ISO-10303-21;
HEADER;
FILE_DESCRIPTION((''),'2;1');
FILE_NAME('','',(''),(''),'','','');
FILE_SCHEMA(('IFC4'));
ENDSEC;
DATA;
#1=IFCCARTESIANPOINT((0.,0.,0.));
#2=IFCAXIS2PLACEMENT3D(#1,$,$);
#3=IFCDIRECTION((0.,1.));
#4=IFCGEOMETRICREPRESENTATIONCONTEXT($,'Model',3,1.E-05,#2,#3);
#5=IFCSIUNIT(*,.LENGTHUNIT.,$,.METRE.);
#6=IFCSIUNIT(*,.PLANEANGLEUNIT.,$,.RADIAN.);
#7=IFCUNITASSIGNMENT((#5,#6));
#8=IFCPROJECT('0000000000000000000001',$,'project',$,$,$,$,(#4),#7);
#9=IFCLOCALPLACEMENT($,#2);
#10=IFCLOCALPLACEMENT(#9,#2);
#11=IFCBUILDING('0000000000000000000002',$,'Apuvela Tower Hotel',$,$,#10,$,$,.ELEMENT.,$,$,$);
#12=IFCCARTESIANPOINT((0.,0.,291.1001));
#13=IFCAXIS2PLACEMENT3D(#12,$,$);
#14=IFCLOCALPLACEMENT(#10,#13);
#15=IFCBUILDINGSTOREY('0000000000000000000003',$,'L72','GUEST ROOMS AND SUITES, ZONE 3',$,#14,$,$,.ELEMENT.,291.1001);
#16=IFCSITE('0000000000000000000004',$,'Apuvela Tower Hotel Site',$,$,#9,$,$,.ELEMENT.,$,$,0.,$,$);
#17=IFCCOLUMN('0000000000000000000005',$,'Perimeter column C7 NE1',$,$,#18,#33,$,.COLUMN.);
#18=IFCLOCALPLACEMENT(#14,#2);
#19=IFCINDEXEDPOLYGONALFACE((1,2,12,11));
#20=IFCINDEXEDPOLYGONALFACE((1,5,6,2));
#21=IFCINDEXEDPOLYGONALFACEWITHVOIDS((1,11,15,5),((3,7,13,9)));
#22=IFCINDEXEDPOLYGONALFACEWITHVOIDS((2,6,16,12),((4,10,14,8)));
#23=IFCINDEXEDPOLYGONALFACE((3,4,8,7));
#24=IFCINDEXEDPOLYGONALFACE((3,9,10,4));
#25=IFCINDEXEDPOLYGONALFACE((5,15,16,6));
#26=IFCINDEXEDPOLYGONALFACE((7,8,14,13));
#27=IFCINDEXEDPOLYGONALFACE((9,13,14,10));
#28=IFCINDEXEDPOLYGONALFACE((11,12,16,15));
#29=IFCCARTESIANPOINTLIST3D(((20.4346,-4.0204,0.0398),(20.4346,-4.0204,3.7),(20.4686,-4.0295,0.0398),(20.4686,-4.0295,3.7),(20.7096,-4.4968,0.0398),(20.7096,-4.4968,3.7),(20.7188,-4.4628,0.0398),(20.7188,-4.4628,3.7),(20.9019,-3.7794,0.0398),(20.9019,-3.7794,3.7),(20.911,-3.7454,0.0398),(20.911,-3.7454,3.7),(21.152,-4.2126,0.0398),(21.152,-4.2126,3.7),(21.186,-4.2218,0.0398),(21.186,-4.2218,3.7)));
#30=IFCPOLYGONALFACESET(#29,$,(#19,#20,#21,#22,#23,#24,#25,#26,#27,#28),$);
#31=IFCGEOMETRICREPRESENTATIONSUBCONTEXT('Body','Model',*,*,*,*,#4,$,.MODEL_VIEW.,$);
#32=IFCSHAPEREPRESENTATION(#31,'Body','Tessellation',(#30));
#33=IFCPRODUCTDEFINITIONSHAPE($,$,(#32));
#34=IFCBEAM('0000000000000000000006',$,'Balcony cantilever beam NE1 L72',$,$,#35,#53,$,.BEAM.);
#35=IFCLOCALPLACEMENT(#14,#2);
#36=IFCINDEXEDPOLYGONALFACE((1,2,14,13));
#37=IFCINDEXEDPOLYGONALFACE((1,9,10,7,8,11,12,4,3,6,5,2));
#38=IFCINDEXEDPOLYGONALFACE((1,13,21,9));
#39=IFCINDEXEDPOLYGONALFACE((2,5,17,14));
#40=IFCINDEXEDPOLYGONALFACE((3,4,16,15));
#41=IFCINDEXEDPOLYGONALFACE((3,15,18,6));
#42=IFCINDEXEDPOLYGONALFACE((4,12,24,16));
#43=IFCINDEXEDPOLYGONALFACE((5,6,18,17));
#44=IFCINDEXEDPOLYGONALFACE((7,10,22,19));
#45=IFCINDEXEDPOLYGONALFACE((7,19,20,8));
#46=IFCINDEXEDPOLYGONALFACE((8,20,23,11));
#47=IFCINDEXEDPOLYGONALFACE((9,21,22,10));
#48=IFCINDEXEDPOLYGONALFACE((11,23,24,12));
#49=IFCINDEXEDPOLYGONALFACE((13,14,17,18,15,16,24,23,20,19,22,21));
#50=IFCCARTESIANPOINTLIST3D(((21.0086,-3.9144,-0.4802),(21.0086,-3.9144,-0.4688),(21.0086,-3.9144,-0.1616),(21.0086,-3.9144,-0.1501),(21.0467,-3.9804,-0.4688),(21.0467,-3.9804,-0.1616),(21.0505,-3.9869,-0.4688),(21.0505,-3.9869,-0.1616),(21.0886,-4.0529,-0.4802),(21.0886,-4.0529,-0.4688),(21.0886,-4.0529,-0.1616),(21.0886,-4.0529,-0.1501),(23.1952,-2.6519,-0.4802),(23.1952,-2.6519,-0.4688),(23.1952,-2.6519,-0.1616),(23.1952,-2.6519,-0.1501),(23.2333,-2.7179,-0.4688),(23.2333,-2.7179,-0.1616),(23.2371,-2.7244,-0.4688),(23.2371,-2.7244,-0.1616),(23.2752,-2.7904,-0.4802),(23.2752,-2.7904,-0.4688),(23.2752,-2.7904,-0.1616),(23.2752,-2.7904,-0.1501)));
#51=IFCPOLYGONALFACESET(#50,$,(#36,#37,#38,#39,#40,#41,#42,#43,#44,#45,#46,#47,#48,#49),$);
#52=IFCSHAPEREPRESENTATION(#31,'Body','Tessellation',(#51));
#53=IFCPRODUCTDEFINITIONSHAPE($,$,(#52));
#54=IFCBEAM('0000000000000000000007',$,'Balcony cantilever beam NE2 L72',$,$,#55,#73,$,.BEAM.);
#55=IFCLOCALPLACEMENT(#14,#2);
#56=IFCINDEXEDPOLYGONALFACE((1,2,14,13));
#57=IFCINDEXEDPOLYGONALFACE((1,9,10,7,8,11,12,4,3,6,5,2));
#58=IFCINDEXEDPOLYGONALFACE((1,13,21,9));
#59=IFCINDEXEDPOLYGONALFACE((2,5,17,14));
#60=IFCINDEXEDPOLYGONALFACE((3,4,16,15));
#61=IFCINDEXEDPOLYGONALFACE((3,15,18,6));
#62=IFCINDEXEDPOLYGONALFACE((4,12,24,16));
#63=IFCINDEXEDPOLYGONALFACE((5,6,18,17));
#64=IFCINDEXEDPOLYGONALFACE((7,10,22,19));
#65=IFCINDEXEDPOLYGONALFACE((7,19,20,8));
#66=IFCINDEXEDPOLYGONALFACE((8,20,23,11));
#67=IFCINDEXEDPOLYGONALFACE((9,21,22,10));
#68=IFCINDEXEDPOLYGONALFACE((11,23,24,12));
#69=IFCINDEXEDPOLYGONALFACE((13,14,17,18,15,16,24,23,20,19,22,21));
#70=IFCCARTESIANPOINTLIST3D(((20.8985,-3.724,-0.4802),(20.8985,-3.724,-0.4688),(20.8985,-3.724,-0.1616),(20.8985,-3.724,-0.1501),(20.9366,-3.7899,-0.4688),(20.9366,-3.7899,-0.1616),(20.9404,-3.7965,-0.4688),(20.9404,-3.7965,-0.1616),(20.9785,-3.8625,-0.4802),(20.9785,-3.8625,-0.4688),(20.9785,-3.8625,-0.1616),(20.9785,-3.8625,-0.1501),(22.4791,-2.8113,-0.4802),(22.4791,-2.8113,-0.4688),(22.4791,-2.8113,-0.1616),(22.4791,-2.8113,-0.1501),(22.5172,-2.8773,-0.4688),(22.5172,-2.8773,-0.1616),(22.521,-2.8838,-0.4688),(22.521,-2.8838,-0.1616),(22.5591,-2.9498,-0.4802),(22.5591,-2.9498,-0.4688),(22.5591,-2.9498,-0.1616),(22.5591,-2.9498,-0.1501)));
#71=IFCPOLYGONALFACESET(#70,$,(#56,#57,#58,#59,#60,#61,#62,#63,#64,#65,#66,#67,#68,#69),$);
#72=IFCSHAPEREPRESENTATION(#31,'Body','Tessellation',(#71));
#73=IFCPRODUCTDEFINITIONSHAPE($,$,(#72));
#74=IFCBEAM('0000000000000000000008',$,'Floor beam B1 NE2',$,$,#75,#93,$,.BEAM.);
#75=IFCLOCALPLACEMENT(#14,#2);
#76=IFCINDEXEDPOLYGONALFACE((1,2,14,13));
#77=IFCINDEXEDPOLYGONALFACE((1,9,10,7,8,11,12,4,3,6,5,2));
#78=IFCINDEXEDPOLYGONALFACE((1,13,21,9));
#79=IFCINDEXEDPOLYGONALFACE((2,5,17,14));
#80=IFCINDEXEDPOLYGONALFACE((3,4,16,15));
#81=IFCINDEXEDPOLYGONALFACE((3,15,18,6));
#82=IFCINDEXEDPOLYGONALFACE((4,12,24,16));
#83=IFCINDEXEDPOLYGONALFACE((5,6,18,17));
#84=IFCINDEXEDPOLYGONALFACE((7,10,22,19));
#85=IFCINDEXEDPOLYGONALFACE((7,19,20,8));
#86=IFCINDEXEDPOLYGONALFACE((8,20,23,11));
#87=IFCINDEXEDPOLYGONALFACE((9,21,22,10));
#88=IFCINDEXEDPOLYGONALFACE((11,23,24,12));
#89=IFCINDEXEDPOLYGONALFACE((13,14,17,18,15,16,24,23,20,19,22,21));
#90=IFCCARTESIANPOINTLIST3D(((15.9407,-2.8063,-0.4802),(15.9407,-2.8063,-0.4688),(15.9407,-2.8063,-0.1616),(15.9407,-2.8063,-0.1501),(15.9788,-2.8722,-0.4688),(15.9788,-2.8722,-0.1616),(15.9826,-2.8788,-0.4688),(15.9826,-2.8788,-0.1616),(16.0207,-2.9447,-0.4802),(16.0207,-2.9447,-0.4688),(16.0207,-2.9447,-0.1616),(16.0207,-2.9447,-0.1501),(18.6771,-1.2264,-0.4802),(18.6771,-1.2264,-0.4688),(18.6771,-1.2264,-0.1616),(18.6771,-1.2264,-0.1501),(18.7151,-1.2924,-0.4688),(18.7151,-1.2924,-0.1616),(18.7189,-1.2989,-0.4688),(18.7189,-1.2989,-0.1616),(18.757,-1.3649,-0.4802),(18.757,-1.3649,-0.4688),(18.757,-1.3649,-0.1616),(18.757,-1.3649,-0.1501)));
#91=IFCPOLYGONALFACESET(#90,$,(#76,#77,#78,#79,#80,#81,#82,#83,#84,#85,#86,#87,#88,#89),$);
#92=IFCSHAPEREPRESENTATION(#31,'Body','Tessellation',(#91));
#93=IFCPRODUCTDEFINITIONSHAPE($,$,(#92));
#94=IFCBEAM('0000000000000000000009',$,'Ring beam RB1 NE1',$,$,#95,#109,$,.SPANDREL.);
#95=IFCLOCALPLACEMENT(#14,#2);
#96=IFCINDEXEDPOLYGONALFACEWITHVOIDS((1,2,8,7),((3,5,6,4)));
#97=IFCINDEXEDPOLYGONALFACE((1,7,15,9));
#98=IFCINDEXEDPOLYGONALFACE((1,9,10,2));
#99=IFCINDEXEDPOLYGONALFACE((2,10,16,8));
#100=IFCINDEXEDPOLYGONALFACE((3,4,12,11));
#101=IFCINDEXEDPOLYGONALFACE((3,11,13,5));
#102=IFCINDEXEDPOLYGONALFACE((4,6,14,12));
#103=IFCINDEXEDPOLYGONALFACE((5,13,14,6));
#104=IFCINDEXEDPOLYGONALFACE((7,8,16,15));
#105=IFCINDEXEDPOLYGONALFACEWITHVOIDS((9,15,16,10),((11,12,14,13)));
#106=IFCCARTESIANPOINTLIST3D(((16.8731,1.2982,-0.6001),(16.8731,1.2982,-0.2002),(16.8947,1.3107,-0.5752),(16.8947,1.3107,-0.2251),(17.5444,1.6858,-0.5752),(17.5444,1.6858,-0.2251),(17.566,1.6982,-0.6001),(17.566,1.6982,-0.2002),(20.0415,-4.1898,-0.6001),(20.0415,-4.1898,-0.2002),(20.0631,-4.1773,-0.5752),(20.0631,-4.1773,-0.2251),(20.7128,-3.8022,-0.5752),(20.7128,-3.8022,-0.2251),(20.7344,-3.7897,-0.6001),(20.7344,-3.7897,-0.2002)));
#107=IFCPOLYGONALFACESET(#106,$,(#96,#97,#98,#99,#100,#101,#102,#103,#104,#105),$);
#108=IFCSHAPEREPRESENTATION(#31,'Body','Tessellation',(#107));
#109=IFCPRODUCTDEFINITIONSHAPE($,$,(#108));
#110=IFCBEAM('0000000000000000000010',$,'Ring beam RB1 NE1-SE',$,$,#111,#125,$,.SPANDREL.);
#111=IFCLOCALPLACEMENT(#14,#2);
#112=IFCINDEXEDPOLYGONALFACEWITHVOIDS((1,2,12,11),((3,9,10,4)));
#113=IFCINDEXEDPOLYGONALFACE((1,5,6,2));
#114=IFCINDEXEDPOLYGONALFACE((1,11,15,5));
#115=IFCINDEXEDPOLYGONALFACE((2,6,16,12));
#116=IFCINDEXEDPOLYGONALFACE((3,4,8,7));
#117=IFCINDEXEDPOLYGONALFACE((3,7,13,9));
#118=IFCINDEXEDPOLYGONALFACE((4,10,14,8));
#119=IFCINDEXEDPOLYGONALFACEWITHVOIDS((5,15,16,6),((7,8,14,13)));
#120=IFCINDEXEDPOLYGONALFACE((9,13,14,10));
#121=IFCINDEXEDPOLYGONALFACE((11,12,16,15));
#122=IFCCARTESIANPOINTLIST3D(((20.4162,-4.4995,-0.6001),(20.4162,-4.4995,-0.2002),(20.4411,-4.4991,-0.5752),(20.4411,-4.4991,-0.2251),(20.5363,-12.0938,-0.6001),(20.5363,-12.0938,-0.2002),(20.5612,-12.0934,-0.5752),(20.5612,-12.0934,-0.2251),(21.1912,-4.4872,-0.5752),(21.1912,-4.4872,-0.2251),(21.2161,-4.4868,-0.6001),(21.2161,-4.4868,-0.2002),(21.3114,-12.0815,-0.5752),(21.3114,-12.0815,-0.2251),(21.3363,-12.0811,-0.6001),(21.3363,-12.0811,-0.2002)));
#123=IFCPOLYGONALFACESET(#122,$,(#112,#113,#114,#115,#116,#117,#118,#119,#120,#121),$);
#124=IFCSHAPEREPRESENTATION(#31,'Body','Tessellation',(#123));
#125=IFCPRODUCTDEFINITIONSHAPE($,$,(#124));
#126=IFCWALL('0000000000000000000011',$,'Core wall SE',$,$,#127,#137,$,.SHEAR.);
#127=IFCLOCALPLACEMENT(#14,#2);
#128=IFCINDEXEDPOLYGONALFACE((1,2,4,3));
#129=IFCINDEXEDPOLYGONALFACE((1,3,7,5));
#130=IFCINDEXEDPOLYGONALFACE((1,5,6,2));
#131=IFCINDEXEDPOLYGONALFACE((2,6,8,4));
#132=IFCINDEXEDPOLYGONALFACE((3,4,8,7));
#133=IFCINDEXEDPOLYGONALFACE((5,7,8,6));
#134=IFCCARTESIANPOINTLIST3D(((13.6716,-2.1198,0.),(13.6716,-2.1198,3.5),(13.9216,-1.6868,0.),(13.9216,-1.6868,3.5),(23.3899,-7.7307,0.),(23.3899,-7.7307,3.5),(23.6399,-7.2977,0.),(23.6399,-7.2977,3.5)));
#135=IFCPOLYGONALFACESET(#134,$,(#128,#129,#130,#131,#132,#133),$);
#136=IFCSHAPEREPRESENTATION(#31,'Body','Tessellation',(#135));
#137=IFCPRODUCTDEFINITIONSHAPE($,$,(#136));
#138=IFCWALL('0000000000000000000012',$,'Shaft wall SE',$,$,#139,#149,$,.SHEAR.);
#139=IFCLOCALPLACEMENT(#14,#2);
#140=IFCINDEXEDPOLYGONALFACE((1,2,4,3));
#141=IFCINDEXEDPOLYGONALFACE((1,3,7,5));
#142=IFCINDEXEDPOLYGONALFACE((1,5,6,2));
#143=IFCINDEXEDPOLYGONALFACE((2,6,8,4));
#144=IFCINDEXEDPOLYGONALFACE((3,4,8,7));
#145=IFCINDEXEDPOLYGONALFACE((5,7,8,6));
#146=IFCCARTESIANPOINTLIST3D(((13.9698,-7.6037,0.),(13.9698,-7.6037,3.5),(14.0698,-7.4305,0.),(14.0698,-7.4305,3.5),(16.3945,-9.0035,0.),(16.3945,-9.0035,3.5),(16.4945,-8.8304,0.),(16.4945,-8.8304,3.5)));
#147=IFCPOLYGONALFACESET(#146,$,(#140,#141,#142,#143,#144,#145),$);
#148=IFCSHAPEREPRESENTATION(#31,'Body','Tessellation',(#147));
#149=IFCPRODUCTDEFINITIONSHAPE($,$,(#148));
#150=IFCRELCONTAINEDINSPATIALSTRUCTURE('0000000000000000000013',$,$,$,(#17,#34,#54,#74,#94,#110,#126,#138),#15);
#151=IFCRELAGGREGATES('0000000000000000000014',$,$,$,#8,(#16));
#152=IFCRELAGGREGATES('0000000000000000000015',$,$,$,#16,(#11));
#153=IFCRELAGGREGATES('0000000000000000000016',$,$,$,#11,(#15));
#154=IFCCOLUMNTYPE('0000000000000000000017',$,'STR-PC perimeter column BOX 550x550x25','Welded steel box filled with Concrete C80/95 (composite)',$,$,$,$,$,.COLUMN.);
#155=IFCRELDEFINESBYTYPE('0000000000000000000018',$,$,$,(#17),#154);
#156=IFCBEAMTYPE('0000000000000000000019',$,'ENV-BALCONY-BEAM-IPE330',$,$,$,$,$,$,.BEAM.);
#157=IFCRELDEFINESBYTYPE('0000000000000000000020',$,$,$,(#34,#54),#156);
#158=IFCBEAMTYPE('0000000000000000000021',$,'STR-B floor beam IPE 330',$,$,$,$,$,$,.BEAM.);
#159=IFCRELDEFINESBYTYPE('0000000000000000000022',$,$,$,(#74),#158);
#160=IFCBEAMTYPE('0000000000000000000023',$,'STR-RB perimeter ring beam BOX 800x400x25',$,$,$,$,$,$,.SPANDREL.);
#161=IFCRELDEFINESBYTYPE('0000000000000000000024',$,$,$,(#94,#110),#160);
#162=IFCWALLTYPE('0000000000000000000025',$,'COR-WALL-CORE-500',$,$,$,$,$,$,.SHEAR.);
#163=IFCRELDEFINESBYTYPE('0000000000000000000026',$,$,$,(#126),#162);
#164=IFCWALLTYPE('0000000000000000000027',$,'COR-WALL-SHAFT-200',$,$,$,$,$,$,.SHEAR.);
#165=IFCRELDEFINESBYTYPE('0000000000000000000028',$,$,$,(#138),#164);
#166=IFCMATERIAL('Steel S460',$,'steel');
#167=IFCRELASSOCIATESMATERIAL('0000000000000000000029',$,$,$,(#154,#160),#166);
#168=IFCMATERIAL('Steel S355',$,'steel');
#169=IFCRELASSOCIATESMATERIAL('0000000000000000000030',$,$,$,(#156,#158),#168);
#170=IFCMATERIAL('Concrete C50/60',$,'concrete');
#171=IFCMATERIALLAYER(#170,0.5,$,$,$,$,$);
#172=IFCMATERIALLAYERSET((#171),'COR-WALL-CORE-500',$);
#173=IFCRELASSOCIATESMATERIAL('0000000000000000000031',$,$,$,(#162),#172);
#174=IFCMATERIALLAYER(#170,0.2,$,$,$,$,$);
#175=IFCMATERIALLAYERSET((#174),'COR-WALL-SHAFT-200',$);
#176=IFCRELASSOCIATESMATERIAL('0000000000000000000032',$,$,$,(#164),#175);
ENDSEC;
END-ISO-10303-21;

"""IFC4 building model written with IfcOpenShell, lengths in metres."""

from ifc_helpers import new_model, si_unit, direction, frame, frame_2d, origin, origin_2d, place, context, subcontext, project, spatial, rectangle, hollow_rectangle, i_section, extrude, boolean, halfspace, material, layer, layer_set, material_profile, profile_set, type_object, element, save


model = new_model("IFC4")

# Units and contexts
model_context = context("Model", 3, precision=1e-05, world=origin(), true_north=direction((0.0, 1.0)))
body_context = subcontext(model_context, "Body", "Model", "MODEL_VIEW")
ifc_project = project(units=[si_unit("LENGTHUNIT", "METRE"), si_unit("PLANEANGLEUNIT", "RADIAN")], contexts=[model_context])

# Site, building, storey
site_placement = place(None, origin())
site = spatial("IfcSite", under=ifc_project, at=site_placement, Name="Apuvela Tower Hotel Site", CompositionType="ELEMENT", RefElevation=0.0)
building_placement = place(site_placement, origin())
building = spatial("IfcBuilding", under=site, at=building_placement, Name="Apuvela Tower Hotel", CompositionType="ELEMENT")
storey_placement = place(building_placement, frame((0.0, 0.0, 291.1001)))
storey = spatial("IfcBuildingStorey", under=building, at=storey_placement, Name="L72", Description="GUEST ROOMS AND SUITES, ZONE 3", CompositionType="ELEMENT", Elevation=291.1001)

# Column
ifc_material_1 = material(Name="Steel S460", Category="steel")
ifc_material_profile_1 = material_profile(ifc_material_1, hollow_rectangle(XDim=0.55, YDim=0.55, WallThickness=0.0249, at=origin_2d()), Name="BOX 550x550x25")
ifc_material_2 = material(Name="Concrete C80/95", Category="concrete")
ifc_material_profile_2 = material_profile(ifc_material_2, rectangle(XDim=0.5, YDim=0.5, at=origin_2d()), Name="Concrete C80/95 infill")
ifc_profile_set_1 = profile_set([ifc_material_profile_1, ifc_material_profile_2], Name="Steel S460")
column_type = type_object("IfcColumnType", Name="STR-PC perimeter column BOX 550x550x25", Description="Welded steel box filled with Concrete C80/95 (composite)", PredefinedType="COLUMN", material=ifc_profile_set_1)
column_placement = place(storey_placement, frame((20.8103, -4.1211, 0.0), z_axis=(0.0, 0.0, 1.0), x_axis=(-0.5, 0.866025, 0.0)))
element("IfcColumn", 1, at=column_placement, inside=storey, type_object=column_type, Name="Perimeter column C7 NE1", PredefinedType="COLUMN", context=body_context, shape_type="SweptSolid", body=[
    boolean("DIFFERENCE", extrude(hollow_rectangle(XDim=0.55, YDim=0.55, WallThickness=0.0249, at=origin_2d()), origin(), (0.0, 0.0, 1.0), 3.7), halfspace(frame((0.0, 0.0, 0.0398), z_axis=(0.0, 0.0, 1.0), x_axis=(1.0, 0.0, 0.0)), True)),
])

# Beams
ifc_material_3 = material(Name="Steel S355", Category="steel")
ifc_material_profile_3 = material_profile(ifc_material_3, i_section(OverallWidth=0.1599, OverallDepth=0.3301, WebThickness=0.0076, FlangeThickness=0.0115, at=origin_2d()), Name="IPE 330")
ifc_profile_set_2 = profile_set([ifc_material_profile_3], Name="Steel S355")
beam_type_1 = type_object("IfcBeamType", Name="ENV-BALCONY-BEAM-IPE330", PredefinedType="BEAM", material=ifc_profile_set_2)
beam_1_placement = place(storey_placement, frame((21.0486, -3.9836, -0.3152), z_axis=(0.866015, 0.500018, 0.0), x_axis=(-0.500018, 0.866015, 0.0)))
element("IfcBeam", 2, at=beam_1_placement, inside=storey, type_object=beam_type_1, Name="Balcony cantilever beam NE1 L72", PredefinedType="BEAM", context=body_context, shape_type="SweptSolid", body=[
    extrude(i_section(OverallWidth=0.1599, OverallDepth=0.3301, WebThickness=0.0076, FlangeThickness=0.0115, at=origin_2d()), origin(), (0.0, 0.0, 1.0), 2.5249),
])
beam_2_placement = place(storey_placement, frame((20.9385, -3.7932, -0.3152), z_axis=(0.866012, 0.500024, 0.0), x_axis=(-0.500024, 0.866012, 0.0)))
element("IfcBeam", 3, at=beam_2_placement, inside=storey, type_object=beam_type_1, Name="Balcony cantilever beam NE2 L72", PredefinedType="BEAM", context=body_context, shape_type="SweptSolid", body=[
    extrude(i_section(OverallWidth=0.1599, OverallDepth=0.3301, WebThickness=0.0076, FlangeThickness=0.0115, at=origin_2d()), origin(), (0.0, 0.0, 1.0), 1.8252),
])
ifc_material_profile_4 = material_profile(ifc_material_3, i_section(OverallWidth=0.1599, OverallDepth=0.3301, WebThickness=0.0076, FlangeThickness=0.0115, at=origin_2d()), Name="IPE 330")
ifc_profile_set_3 = profile_set([ifc_material_profile_4], Name="Steel S355")
beam_type_2 = type_object("IfcBeamType", Name="STR-B floor beam IPE 330", PredefinedType="BEAM", material=ifc_profile_set_3)
beam_3_placement = place(storey_placement, frame((18.717, -1.2957, -0.3152), z_axis=(-0.866023, -0.500003, 0.0), x_axis=(0.500003, -0.866023, 0.0)))
element("IfcBeam", 4, at=beam_3_placement, inside=storey, type_object=beam_type_2, Name="Floor beam B1 NE2", PredefinedType="BEAM", context=body_context, shape_type="SweptSolid", body=[
    extrude(i_section(OverallWidth=0.1599, OverallDepth=0.3301, WebThickness=0.0076, FlangeThickness=0.0115, at=origin_2d()), origin(), (0.0, 0.0, 1.0), 3.1597),
])
ifc_material_profile_5 = material_profile(ifc_material_1, hollow_rectangle(XDim=0.8, YDim=0.3999, WallThickness=0.0249, at=origin_2d()), Name="BOX 800x400x25")
ifc_profile_set_4 = profile_set([ifc_material_profile_5], Name="Steel S460")
beam_type_3 = type_object("IfcBeamType", Name="STR-RB perimeter ring beam BOX 800x400x25", PredefinedType="SPANDREL", material=ifc_profile_set_4)
beam_4_placement = place(storey_placement, frame((20.3879, -3.9897, -0.4001), z_axis=(-0.499993, 0.86603, 0.0), x_axis=(-0.86603, -0.499993, 0.0)))
element("IfcBeam", 5, at=beam_4_placement, inside=storey, type_object=beam_type_3, Name="Ring beam RB1 NE1", PredefinedType="SPANDREL", context=body_context, shape_type="SweptSolid", body=[
    extrude(hollow_rectangle(XDim=0.8, YDim=0.3999, WallThickness=0.0249, at=origin_2d()), origin(), (0.0, 0.0, 1.0), 6.3369),
])
beam_5_placement = place(storey_placement, frame((20.8162, -4.4932, -0.4001), z_axis=(0.015815, -0.999875, 0.0), x_axis=(0.999875, 0.015815, 0.0)))
element("IfcBeam", 6, at=beam_5_placement, inside=storey, type_object=beam_type_3, Name="Ring beam RB1 NE1-SE", PredefinedType="SPANDREL", context=body_context, shape_type="SweptSolid", body=[
    extrude(hollow_rectangle(XDim=0.8, YDim=0.3999, WallThickness=0.0249, at=origin_2d()), origin(), (0.0, 0.0, 1.0), 7.5952),
])

# Walls
ifc_material_4 = material(Name="Concrete C50/60", Category="concrete")
ifc_layer_1 = layer(ifc_material_4, 0.5)
ifc_layer_set_1 = layer_set([ifc_layer_1], Name="COR-WALL-CORE-500")
wall_type_1 = type_object("IfcWallType", Name="COR-WALL-CORE-500", PredefinedType="SHEAR", material=ifc_layer_set_1)
wall_1_placement = place(storey_placement, frame((13.7966, -1.9033, 0.0), z_axis=(0.0, 0.0, 1.0), x_axis=(0.866025, -0.5, 0.0)))
element("IfcWall", 7, at=wall_1_placement, inside=storey, type_object=wall_type_1, Name="Core wall SE", PredefinedType="SHEAR", context=body_context, shape_type="SweptSolid", body=[
    extrude(rectangle(XDim=11.2217, YDim=0.5, at=frame_2d((5.6108, 0.0))), origin(), (0.0, 0.0, 1.0), 3.5),
])
ifc_layer_2 = layer(ifc_material_4, 0.2)
ifc_layer_set_2 = layer_set([ifc_layer_2], Name="COR-WALL-SHAFT-200")
wall_type_2 = type_object("IfcWallType", Name="COR-WALL-SHAFT-200", PredefinedType="SHEAR", material=ifc_layer_set_2)
wall_2_placement = place(storey_placement, frame((14.0198, -7.5171, 0.0), z_axis=(0.0, 0.0, 1.0), x_axis=(0.866035, -0.499984, 0.0)))
element("IfcWall", 8, at=wall_2_placement, inside=storey, type_object=wall_type_2, Name="Shaft wall SE", PredefinedType="SHEAR", context=body_context, shape_type="SweptSolid", body=[
    extrude(rectangle(XDim=2.7998, YDim=0.2, at=frame_2d((1.3999, 0.0))), origin(), (0.0, 0.0, 1.0), 3.5),
])

save(model, "model.ifc")
